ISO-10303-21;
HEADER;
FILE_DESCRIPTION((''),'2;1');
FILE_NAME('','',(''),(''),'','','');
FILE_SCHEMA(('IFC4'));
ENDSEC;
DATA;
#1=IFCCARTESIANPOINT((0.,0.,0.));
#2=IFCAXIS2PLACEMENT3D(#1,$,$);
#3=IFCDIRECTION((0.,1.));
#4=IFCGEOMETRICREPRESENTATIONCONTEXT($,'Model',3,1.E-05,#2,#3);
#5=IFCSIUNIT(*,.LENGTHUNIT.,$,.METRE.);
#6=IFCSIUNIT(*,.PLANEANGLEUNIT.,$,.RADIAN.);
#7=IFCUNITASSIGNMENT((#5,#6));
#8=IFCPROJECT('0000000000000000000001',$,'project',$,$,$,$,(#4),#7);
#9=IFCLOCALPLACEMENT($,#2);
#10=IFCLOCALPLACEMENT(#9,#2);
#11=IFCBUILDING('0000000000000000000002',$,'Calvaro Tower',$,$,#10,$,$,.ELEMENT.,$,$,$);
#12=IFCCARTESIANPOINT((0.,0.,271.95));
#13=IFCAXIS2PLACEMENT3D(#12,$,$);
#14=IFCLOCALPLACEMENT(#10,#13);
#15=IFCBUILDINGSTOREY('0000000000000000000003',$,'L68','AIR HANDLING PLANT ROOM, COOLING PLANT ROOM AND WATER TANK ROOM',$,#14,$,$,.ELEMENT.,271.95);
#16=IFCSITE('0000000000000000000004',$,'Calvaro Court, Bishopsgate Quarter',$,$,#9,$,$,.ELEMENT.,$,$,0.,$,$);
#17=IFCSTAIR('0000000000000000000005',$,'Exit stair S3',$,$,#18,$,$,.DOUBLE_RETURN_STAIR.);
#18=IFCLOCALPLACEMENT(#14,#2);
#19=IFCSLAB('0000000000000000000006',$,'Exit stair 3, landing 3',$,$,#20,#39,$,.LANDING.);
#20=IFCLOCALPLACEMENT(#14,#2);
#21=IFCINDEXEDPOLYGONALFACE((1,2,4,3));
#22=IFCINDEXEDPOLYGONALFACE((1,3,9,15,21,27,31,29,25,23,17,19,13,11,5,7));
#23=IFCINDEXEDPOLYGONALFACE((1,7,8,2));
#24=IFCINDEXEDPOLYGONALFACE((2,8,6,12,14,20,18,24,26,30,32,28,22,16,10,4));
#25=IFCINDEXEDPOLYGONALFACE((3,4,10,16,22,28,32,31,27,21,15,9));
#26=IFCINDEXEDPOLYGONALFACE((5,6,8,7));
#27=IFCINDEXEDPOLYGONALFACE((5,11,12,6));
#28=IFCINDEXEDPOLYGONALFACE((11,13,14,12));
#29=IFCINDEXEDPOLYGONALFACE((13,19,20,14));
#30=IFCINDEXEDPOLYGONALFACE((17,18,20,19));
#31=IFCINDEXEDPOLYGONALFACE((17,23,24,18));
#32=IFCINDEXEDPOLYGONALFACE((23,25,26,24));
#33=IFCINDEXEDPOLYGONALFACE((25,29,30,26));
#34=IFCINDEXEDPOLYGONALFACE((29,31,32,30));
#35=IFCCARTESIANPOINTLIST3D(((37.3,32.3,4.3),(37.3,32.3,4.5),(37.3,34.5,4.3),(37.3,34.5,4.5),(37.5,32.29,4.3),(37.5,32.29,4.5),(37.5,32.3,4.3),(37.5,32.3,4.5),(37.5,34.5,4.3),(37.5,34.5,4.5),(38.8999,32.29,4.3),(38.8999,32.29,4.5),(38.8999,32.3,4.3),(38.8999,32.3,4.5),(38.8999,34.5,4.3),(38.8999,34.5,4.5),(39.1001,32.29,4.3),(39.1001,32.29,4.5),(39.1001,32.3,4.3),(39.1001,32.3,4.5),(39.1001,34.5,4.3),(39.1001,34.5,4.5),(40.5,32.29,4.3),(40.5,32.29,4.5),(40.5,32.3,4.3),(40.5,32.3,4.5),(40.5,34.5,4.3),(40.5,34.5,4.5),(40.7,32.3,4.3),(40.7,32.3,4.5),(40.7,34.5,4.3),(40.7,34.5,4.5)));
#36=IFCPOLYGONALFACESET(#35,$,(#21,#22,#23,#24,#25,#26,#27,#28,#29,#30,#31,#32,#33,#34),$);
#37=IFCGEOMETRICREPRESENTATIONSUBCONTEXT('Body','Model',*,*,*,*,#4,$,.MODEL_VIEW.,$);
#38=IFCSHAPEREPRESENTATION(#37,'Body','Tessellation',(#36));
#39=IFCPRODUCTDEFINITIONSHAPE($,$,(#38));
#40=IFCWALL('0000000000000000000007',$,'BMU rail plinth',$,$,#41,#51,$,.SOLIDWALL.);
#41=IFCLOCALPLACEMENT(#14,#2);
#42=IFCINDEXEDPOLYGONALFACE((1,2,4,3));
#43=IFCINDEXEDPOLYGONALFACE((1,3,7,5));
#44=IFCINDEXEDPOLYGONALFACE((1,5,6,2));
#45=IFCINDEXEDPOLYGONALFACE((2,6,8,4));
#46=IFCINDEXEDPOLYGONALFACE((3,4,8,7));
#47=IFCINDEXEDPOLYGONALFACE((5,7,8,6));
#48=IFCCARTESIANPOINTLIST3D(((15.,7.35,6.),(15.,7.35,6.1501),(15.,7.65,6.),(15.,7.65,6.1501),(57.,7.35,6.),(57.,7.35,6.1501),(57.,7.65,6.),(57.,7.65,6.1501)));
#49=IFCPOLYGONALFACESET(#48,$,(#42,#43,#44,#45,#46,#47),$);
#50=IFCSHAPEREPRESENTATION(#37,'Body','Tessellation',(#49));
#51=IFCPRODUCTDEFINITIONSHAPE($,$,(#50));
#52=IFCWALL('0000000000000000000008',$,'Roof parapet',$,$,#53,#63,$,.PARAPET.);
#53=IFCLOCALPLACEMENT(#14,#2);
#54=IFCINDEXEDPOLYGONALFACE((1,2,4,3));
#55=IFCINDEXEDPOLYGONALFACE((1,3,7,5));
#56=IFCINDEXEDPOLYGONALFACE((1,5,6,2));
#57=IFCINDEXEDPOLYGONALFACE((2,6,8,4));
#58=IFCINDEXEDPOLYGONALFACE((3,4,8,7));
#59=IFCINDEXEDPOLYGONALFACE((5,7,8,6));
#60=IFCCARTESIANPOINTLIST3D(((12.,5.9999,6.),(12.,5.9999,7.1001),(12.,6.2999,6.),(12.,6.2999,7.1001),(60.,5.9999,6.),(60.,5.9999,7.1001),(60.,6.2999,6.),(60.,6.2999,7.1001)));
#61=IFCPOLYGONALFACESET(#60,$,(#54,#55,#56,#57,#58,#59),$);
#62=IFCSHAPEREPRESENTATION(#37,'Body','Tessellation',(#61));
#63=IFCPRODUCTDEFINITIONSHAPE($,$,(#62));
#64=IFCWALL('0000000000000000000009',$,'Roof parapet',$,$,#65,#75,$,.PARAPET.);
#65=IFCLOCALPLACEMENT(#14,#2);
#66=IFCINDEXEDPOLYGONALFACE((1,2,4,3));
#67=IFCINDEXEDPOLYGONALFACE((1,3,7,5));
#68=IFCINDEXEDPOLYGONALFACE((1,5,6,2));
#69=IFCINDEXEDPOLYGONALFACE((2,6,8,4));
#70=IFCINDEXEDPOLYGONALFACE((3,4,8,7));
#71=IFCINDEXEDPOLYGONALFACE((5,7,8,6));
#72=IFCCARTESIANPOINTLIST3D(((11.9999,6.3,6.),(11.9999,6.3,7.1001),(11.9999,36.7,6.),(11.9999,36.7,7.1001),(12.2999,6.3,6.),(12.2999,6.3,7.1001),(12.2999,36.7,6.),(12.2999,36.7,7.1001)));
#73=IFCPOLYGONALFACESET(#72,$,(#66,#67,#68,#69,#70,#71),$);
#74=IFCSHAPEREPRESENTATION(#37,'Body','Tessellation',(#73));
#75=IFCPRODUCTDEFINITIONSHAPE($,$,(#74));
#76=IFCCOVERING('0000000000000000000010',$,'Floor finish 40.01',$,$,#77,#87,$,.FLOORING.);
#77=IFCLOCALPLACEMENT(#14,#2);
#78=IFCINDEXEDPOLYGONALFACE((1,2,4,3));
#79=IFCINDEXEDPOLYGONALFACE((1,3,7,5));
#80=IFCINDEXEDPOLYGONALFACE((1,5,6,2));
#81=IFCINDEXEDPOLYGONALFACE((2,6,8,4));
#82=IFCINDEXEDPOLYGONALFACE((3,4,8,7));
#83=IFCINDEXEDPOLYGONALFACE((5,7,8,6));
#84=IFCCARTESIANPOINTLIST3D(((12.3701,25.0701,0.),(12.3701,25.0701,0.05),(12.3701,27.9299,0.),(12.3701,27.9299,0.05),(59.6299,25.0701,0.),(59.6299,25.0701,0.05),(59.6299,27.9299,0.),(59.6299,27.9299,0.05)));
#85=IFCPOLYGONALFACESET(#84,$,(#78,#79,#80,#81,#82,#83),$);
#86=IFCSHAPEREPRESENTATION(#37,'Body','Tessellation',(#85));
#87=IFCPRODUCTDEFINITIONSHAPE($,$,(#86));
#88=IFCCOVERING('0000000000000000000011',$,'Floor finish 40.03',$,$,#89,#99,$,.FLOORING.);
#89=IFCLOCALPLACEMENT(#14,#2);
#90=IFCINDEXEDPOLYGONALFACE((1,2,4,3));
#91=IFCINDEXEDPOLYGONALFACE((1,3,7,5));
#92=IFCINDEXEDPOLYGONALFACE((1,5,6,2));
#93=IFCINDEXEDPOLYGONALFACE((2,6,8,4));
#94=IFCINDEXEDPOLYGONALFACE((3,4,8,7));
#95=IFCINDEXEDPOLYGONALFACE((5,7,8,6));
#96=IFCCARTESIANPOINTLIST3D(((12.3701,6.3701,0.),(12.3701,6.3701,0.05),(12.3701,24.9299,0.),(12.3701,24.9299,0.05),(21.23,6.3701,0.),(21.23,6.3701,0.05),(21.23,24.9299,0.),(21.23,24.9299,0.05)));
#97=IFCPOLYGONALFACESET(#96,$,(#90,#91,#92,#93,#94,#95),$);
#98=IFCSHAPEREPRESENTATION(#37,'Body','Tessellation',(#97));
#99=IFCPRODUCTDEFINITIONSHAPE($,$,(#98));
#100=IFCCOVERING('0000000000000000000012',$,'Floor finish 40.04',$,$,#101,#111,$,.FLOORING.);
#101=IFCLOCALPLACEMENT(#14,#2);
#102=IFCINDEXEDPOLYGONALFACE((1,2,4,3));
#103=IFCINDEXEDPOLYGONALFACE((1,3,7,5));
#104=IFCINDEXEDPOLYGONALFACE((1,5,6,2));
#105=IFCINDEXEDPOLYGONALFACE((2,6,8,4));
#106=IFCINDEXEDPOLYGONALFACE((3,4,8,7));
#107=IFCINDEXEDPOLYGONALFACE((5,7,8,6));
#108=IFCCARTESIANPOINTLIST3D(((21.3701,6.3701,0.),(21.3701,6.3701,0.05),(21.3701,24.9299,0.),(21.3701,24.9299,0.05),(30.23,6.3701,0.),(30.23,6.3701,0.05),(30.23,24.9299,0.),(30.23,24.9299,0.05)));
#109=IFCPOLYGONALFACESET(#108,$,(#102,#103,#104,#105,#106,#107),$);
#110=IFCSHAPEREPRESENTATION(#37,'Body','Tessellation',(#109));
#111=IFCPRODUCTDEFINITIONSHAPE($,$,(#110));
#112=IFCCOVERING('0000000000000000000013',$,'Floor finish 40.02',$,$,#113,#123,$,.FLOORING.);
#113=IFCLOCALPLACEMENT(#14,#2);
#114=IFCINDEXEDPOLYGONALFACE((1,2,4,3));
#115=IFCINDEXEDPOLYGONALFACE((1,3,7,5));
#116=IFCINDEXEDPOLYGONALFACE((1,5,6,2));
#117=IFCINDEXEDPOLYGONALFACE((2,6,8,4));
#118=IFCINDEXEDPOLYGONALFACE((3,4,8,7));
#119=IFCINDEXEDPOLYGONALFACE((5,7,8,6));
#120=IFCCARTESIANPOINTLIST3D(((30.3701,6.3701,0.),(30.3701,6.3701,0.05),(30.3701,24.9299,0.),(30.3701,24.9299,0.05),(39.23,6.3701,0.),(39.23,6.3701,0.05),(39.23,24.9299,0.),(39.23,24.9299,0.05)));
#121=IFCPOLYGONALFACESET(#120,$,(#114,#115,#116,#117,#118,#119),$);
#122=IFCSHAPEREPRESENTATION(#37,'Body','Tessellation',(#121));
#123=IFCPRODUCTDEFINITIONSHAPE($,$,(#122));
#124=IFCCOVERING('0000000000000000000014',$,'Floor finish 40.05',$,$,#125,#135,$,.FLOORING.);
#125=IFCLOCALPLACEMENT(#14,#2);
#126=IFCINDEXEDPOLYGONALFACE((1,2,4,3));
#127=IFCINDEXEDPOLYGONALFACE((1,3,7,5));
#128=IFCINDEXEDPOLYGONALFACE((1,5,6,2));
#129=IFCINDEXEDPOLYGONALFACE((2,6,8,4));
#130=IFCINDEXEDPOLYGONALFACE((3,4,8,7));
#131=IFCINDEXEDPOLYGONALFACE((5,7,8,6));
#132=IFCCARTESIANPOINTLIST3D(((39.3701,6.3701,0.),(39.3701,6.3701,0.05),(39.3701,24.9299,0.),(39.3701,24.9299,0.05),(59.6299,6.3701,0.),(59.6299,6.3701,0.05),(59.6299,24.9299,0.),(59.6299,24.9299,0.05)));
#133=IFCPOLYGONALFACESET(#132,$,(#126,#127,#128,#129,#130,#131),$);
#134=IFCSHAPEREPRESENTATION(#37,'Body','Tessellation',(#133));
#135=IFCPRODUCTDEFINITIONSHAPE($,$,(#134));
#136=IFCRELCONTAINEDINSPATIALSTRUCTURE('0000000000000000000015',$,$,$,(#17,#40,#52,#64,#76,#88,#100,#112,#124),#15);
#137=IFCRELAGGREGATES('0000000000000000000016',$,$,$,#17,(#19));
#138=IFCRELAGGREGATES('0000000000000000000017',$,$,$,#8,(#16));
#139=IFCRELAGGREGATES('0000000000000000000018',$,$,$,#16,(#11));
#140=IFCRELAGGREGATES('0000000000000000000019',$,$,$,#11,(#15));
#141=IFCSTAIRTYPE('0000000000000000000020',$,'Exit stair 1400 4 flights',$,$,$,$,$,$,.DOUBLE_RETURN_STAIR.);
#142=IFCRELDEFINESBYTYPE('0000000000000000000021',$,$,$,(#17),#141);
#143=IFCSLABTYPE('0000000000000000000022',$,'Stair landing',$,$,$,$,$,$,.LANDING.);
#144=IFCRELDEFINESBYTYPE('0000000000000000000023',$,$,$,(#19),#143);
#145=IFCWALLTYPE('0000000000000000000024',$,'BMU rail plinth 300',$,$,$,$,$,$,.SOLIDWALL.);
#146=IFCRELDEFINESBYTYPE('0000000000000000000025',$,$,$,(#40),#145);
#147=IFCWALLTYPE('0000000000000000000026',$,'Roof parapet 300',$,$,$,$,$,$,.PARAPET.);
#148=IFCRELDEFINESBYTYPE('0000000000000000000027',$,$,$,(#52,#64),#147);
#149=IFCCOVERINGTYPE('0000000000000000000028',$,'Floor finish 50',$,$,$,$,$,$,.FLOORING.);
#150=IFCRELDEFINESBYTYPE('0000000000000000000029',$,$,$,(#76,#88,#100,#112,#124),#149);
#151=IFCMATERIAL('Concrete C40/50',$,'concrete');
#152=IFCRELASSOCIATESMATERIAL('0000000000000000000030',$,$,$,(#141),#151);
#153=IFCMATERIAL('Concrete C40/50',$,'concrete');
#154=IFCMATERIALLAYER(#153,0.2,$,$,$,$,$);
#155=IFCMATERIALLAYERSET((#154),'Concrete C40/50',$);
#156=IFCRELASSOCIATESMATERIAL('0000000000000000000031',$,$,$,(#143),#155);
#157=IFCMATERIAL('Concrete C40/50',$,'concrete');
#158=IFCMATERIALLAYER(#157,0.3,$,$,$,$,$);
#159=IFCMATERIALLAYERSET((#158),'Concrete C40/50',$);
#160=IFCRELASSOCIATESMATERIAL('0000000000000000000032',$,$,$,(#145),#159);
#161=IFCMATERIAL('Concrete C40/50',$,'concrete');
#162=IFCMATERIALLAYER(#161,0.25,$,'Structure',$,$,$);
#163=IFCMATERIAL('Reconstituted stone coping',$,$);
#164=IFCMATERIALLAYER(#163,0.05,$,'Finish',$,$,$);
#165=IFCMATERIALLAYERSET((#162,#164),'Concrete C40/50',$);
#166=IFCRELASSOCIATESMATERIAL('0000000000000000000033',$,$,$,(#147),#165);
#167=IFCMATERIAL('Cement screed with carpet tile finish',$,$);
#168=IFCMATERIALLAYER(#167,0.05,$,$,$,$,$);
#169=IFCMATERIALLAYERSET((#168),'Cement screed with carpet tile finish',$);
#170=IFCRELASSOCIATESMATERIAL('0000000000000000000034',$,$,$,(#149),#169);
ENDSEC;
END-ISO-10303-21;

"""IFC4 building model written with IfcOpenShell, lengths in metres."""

from ifc_helpers import new_model, si_unit, direction, frame, frame_2d, origin, place, context, subcontext, project, spatial, polyline, rectangle, outline, extrude, material, layer, layer_set, type_object, element, aggregate, save


model = new_model("IFC4")

# Units and contexts
model_context = context("Model", 3, precision=1e-05, world=origin(), true_north=direction((0.0, 1.0)))
body_context = subcontext(model_context, "Body", "Model", "MODEL_VIEW")
ifc_project = project(units=[si_unit("LENGTHUNIT", "METRE"), si_unit("PLANEANGLEUNIT", "RADIAN")], contexts=[model_context])

# Site, building, storey
site_placement = place(None, origin())
site = spatial("IfcSite", under=ifc_project, at=site_placement, Name="Calvaro Court, Bishopsgate Quarter", CompositionType="ELEMENT", RefElevation=0.0)
building_placement = place(site_placement, origin())
building = spatial("IfcBuilding", under=site, at=building_placement, Name="Calvaro Tower", CompositionType="ELEMENT")
storey_placement = place(building_placement, frame((0.0, 0.0, 271.95)))
storey = spatial("IfcBuildingStorey", under=building, at=storey_placement, Name="L68", Description="AIR HANDLING PLANT ROOM, COOLING PLANT ROOM AND WATER TANK ROOM", CompositionType="ELEMENT", Elevation=271.95)

# Stair, slab
ifc_material_1 = material(Name="Concrete C40/50", Category="concrete")
stair_type = type_object("IfcStairType", Name="Exit stair 1400 4 flights", PredefinedType="DOUBLE_RETURN_STAIR", material=ifc_material_1)
ifc_material_2 = material(Name="Concrete C40/50", Category="concrete")
ifc_layer_1 = layer(ifc_material_2, 0.2)
ifc_layer_set_1 = layer_set([ifc_layer_1], Name="Concrete C40/50")
slab_type_1 = type_object("IfcSlabType", Name="Stair landing", PredefinedType="LANDING", material=ifc_layer_set_1)
stair_1_placement = place(storey_placement, origin())
stair_1 = element("IfcStair", 1, at=stair_1_placement, inside=storey, type_object=stair_type, Name="Exit stair S3", PredefinedType="DOUBLE_RETURN_STAIR")
slab_1_placement = place(storey_placement, frame((0.0, 0.0, 4.3)))
slab_1 = element("IfcSlab", 2, at=slab_1_placement, type_object=slab_type_1, Name="Exit stair 3, landing 3", PredefinedType="LANDING", context=body_context, shape_type="SweptSolid", body=[
    extrude(outline(polyline([(38.8999, 32.29), (37.5, 32.29), (37.5, 32.3), (37.3, 32.3), (37.3, 34.5), (37.5, 34.5), (38.8999, 34.5), (39.1001, 34.5), (40.5, 34.5), (40.7, 34.5), (40.7, 32.3), (40.5, 32.3), (40.5, 32.29), (39.1001, 32.29), (39.1001, 32.3), (38.8999, 32.3), (38.8999, 32.29)])), origin(), (0.0, 0.0, 1.0), 0.2),
])
aggregate(stair_1, [slab_1])

# Wall
ifc_material_3 = material(Name="Concrete C40/50", Category="concrete")
ifc_layer_2 = layer(ifc_material_3, 0.3)
ifc_layer_set_2 = layer_set([ifc_layer_2], Name="Concrete C40/50")
wall_type_1 = type_object("IfcWallType", Name="BMU rail plinth 300", PredefinedType="SOLIDWALL", material=ifc_layer_set_2)
wall_1_placement = place(storey_placement, frame((15.0, 7.5, 6.0), z_axis=(0.0, 0.0, 1.0), x_axis=(1.0, 0.0, 0.0)))
element("IfcWall", 3, at=wall_1_placement, inside=storey, type_object=wall_type_1, Name="BMU rail plinth", PredefinedType="SOLIDWALL", context=body_context, shape_type="SweptSolid", body=[
    extrude(rectangle(XDim=42.0, YDim=0.3, at=frame_2d((21.0, 0.0))), origin(), (0.0, 0.0, 1.0), 0.1501),
])

# Walls
ifc_material_4 = material(Name="Concrete C40/50", Category="concrete")
ifc_layer_3 = layer(ifc_material_4, 0.25, Name="Structure")
ifc_material_5 = material(Name="Reconstituted stone coping")
ifc_layer_4 = layer(ifc_material_5, 0.05, Name="Finish")
ifc_layer_set_3 = layer_set([ifc_layer_3, ifc_layer_4], Name="Concrete C40/50")
wall_type_2 = type_object("IfcWallType", Name="Roof parapet 300", PredefinedType="PARAPET", material=ifc_layer_set_3)
wall_2_placement = place(storey_placement, frame((12.0, 6.1499, 6.0), z_axis=(0.0, 0.0, 1.0), x_axis=(1.0, 0.0, 0.0)))
element("IfcWall", 4, at=wall_2_placement, inside=storey, type_object=wall_type_2, Name="Roof parapet", PredefinedType="PARAPET", context=body_context, shape_type="SweptSolid", body=[
    extrude(rectangle(XDim=48.0, YDim=0.3, at=frame_2d((24.0, 0.0))), origin(), (0.0, 0.0, 1.0), 1.1001),
])
wall_3_placement = place(storey_placement, frame((12.1499, 6.3, 6.0), z_axis=(0.0, 0.0, 1.0), x_axis=(0.0, 1.0, 0.0)))
element("IfcWall", 5, at=wall_3_placement, inside=storey, type_object=wall_type_2, Name="Roof parapet", PredefinedType="PARAPET", context=body_context, shape_type="SweptSolid", body=[
    extrude(rectangle(XDim=30.3999, YDim=0.3, at=frame_2d((15.2, 0.0))), origin(), (0.0, 0.0, 1.0), 1.1001),
])

# Coverings
ifc_material_6 = material(Name="Cement screed with carpet tile finish")
ifc_layer_5 = layer(ifc_material_6, 0.05)
ifc_layer_set_4 = layer_set([ifc_layer_5], Name="Cement screed with carpet tile finish")
covering_type = type_object("IfcCoveringType", Name="Floor finish 50", PredefinedType="FLOORING", material=ifc_layer_set_4)
covering_1_placement = place(storey_placement, origin())
element("IfcCovering", 6, at=covering_1_placement, inside=storey, type_object=covering_type, Name="Floor finish 40.01", PredefinedType="FLOORING", context=body_context, shape_type="SweptSolid", body=[
    extrude(outline(polyline([(59.6299, 25.0701), (12.3701, 25.0701), (12.3701, 27.9299), (59.6299, 27.9299), (59.6299, 25.0701)])), origin(), (0.0, 0.0, 1.0), 0.05),
])
covering_2_placement = place(storey_placement, origin())
element("IfcCovering", 7, at=covering_2_placement, inside=storey, type_object=covering_type, Name="Floor finish 40.03", PredefinedType="FLOORING", context=body_context, shape_type="SweptSolid", body=[
    extrude(outline(polyline([(21.23, 24.9299), (21.23, 6.3701), (12.3701, 6.3701), (12.3701, 24.9299), (21.23, 24.9299)])), origin(), (0.0, 0.0, 1.0), 0.05),
])
covering_3_placement = place(storey_placement, origin())
element("IfcCovering", 8, at=covering_3_placement, inside=storey, type_object=covering_type, Name="Floor finish 40.04", PredefinedType="FLOORING", context=body_context, shape_type="SweptSolid", body=[
    extrude(outline(polyline([(21.3701, 24.9299), (30.23, 24.9299), (30.23, 6.3701), (21.3701, 6.3701), (21.3701, 24.9299)])), origin(), (0.0, 0.0, 1.0), 0.05),
])
covering_4_placement = place(storey_placement, origin())
element("IfcCovering", 9, at=covering_4_placement, inside=storey, type_object=covering_type, Name="Floor finish 40.02", PredefinedType="FLOORING", context=body_context, shape_type="SweptSolid", body=[
    extrude(outline(polyline([(30.3701, 24.9299), (39.23, 24.9299), (39.23, 6.3701), (30.3701, 6.3701), (30.3701, 24.9299)])), origin(), (0.0, 0.0, 1.0), 0.05),
])
covering_5_placement = place(storey_placement, origin())
element("IfcCovering", 10, at=covering_5_placement, inside=storey, type_object=covering_type, Name="Floor finish 40.05", PredefinedType="FLOORING", context=body_context, shape_type="SweptSolid", body=[
    extrude(outline(polyline([(59.6299, 6.3701), (39.3701, 6.3701), (39.3701, 24.9299), (59.6299, 24.9299), (59.6299, 6.3701)])), origin(), (0.0, 0.0, 1.0), 0.05),
])

save(model, "model.ifc")
